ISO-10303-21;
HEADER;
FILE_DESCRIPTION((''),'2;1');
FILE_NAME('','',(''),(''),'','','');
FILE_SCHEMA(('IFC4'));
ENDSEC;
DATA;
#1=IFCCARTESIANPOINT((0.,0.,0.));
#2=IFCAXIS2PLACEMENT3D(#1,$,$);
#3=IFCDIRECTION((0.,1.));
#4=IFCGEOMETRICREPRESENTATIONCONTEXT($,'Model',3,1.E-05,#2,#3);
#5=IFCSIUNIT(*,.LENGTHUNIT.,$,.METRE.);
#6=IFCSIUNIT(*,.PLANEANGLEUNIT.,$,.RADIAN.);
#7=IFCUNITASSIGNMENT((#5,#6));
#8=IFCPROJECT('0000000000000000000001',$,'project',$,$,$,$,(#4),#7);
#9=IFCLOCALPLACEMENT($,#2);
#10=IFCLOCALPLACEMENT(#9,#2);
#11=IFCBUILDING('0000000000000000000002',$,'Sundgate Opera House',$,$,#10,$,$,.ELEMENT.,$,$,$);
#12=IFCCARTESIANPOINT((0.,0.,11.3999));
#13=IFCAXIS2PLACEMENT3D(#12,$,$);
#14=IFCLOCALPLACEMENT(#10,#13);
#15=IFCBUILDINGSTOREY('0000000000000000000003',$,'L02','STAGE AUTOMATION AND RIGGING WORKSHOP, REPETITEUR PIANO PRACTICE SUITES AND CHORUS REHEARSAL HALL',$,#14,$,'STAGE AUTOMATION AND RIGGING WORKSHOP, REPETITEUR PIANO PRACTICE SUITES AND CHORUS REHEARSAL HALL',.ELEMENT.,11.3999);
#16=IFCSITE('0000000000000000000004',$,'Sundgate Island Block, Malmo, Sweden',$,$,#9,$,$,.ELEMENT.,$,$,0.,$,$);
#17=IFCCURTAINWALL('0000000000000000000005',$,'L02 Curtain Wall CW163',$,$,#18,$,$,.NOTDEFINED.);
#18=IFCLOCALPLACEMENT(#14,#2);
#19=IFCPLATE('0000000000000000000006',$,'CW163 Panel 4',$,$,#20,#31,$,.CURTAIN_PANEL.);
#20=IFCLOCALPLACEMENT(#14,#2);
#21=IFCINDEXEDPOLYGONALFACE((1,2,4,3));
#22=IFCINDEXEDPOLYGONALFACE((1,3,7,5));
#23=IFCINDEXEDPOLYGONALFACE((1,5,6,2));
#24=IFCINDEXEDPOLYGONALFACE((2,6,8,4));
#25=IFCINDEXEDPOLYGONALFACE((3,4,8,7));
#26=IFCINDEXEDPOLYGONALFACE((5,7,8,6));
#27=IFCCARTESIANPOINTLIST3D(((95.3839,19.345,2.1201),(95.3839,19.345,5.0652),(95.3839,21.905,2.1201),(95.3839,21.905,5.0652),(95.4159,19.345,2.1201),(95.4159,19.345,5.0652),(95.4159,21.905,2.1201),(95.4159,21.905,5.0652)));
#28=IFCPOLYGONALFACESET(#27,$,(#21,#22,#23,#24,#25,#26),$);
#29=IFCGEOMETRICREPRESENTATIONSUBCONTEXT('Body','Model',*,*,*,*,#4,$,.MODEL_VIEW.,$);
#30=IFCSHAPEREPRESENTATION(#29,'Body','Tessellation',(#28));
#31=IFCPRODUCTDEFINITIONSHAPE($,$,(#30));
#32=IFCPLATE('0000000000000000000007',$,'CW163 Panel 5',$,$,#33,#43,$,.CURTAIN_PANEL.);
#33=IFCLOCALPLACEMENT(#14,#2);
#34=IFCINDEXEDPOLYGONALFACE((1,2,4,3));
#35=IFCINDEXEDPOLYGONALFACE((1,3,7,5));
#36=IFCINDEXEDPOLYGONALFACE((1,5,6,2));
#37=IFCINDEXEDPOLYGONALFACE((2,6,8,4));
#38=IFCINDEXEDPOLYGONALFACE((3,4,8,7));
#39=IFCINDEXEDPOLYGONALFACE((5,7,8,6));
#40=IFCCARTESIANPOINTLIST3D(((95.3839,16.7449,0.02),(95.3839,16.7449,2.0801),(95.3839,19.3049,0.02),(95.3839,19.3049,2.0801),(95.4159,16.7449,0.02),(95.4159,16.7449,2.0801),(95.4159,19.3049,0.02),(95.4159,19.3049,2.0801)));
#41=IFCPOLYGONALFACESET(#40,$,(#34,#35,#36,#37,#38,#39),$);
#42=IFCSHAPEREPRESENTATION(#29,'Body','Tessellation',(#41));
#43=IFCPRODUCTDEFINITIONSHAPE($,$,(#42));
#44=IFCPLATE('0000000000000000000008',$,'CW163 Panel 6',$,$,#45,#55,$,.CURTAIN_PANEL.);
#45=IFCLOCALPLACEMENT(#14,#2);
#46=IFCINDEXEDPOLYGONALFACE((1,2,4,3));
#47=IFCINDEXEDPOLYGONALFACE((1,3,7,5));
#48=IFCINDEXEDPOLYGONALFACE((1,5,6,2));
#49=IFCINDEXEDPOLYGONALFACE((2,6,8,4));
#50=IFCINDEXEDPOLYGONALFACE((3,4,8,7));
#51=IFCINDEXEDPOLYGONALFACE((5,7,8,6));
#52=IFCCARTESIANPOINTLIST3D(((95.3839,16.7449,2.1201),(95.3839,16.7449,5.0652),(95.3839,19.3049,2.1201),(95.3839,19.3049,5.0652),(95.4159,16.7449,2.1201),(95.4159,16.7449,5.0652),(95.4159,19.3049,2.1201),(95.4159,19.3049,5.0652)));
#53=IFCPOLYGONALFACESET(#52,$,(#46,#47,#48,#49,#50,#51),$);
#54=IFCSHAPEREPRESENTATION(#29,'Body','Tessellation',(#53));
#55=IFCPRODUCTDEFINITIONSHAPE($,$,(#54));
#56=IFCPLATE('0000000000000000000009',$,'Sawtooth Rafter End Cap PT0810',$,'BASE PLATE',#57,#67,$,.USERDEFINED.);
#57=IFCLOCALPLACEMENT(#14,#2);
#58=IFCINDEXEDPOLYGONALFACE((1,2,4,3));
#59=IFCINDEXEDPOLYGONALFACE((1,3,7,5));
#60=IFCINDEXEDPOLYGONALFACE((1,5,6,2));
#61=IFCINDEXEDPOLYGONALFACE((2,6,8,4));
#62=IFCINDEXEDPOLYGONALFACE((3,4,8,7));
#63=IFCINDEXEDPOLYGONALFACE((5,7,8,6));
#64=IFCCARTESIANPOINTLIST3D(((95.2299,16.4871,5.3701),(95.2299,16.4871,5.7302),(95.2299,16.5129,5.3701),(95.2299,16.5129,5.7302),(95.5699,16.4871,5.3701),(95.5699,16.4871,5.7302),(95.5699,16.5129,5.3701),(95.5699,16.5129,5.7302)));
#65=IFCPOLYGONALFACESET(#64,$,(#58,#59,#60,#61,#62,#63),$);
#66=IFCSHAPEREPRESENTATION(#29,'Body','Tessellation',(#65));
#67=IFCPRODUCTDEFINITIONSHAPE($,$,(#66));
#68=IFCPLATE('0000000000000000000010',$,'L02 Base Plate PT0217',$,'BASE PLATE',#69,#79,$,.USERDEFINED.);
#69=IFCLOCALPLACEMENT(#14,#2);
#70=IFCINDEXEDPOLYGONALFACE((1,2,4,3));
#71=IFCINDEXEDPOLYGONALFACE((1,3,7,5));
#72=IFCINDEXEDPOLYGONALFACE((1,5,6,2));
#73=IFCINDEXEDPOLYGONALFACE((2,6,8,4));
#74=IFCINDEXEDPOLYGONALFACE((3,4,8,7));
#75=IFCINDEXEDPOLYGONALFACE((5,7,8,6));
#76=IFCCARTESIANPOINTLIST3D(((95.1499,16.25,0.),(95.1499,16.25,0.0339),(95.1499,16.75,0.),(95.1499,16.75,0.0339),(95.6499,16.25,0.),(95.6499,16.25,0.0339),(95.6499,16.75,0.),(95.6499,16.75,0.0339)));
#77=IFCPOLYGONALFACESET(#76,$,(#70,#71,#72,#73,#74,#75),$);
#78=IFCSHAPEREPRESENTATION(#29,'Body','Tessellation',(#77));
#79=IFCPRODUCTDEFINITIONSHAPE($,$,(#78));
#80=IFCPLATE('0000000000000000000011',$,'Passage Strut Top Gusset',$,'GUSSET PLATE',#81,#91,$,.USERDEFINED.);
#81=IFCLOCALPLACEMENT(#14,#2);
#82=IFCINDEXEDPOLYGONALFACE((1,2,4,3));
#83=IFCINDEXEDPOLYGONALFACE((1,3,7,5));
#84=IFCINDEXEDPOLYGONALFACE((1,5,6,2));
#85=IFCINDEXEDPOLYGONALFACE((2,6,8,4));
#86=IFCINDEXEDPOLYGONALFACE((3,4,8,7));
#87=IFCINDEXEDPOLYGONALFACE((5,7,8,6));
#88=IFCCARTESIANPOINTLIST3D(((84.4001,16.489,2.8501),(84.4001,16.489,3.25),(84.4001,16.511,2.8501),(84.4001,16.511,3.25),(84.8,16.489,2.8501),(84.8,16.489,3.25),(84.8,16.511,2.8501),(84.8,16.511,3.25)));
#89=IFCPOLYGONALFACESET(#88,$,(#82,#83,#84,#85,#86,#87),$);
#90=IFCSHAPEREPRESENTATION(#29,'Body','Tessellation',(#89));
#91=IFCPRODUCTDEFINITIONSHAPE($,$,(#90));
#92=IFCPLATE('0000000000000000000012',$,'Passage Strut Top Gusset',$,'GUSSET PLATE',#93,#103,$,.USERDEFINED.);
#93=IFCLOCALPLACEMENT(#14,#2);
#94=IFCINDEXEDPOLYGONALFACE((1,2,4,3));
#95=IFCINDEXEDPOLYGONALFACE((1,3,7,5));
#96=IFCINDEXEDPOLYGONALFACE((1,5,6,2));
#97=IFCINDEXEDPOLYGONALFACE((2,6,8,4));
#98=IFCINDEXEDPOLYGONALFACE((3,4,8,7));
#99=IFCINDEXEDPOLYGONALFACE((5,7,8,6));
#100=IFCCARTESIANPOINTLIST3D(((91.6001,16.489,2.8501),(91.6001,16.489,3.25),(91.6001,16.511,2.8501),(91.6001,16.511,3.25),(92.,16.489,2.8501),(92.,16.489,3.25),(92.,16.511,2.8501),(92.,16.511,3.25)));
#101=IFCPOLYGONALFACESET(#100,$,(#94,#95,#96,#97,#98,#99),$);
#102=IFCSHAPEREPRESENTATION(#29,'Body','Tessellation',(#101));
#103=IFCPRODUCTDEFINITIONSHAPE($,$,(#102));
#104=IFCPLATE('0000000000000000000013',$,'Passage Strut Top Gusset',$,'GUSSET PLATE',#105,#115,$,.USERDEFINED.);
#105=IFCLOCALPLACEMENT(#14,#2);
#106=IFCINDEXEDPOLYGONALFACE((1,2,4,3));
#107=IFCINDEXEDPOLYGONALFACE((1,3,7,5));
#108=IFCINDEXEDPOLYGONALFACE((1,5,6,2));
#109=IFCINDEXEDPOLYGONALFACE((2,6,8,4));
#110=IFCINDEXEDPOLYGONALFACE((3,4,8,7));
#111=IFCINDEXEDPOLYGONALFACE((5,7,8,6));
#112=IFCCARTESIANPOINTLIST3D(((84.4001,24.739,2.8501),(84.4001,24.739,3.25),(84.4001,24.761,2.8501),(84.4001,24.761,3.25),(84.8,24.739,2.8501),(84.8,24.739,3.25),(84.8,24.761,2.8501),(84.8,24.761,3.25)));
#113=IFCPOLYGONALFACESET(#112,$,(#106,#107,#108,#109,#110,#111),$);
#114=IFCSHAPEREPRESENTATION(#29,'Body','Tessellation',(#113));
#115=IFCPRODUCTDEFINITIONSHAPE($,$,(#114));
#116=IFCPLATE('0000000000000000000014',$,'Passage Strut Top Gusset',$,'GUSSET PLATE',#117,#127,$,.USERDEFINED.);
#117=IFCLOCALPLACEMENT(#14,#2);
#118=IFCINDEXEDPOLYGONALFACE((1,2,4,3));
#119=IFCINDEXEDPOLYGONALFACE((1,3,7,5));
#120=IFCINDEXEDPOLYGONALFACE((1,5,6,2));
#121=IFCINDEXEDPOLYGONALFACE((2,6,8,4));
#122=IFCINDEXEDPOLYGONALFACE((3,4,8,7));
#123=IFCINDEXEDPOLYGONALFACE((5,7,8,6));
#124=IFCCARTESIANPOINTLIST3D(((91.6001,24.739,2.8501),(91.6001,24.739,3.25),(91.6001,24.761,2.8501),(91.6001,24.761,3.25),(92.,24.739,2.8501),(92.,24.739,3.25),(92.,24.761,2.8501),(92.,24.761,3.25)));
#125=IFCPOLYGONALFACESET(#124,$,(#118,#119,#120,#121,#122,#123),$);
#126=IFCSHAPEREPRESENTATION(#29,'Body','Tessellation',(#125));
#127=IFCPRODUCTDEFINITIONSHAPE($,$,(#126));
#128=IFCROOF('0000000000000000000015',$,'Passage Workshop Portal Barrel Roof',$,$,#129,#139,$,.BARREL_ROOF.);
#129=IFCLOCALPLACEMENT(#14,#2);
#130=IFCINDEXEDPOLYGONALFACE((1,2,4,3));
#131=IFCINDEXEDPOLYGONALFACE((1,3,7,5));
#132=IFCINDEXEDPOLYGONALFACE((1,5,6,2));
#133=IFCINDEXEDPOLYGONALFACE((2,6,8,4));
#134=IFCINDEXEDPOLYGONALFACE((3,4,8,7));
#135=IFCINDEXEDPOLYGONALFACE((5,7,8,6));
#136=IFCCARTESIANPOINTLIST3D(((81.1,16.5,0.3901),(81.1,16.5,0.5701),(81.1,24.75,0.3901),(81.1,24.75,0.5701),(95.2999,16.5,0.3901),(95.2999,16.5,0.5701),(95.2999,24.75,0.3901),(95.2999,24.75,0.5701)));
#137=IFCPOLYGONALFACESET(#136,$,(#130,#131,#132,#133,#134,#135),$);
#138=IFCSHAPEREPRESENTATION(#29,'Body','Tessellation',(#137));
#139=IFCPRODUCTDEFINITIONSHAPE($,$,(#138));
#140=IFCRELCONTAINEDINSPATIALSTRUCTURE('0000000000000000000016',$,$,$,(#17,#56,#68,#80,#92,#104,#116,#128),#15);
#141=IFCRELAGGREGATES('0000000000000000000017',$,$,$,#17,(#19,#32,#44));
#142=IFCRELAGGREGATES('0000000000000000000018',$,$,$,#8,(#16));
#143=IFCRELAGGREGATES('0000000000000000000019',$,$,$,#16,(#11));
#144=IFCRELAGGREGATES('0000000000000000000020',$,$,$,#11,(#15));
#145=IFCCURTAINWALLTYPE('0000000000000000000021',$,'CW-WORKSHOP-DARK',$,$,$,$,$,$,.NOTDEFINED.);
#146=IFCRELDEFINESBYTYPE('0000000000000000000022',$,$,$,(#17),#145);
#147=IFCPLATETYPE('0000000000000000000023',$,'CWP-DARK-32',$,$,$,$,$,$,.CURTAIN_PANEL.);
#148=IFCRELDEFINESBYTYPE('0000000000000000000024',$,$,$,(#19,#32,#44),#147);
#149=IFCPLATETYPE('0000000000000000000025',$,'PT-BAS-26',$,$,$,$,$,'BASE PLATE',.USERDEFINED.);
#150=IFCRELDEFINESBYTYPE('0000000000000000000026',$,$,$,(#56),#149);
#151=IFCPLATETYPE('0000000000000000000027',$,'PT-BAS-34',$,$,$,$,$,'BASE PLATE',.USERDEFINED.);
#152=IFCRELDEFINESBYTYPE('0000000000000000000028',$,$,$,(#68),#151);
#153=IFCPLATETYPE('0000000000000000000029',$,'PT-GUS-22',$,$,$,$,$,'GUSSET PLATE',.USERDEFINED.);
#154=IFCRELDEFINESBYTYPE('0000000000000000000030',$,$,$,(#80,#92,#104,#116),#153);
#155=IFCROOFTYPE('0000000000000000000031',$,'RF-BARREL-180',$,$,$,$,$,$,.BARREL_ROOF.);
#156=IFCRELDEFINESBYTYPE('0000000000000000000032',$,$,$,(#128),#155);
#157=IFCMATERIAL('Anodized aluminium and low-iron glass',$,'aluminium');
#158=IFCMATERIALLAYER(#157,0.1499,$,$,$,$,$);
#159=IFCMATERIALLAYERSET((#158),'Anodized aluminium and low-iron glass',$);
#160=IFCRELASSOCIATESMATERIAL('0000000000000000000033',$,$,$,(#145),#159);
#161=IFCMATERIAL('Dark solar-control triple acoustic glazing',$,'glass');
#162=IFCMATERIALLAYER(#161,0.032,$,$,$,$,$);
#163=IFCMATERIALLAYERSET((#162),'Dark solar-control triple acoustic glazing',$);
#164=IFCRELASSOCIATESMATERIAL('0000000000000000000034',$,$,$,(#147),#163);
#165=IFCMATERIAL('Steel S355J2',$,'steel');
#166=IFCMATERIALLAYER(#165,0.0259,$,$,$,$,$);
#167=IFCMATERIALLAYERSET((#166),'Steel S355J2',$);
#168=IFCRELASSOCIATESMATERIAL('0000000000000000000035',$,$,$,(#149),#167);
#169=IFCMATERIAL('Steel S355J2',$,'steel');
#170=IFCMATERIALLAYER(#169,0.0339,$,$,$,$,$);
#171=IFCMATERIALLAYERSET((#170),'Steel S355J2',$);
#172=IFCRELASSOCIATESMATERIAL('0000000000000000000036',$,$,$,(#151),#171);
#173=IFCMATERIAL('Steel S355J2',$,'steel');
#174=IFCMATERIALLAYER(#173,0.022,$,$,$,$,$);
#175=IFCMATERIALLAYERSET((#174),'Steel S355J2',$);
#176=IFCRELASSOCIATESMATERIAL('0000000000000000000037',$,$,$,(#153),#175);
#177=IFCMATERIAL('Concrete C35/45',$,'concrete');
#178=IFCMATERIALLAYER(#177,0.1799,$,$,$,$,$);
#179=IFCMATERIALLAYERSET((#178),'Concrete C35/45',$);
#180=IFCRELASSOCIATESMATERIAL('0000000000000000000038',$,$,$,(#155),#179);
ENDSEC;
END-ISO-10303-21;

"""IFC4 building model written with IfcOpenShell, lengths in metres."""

from ifc_helpers import new_model, si_unit, direction, frame, origin, origin_2d, place, context, subcontext, project, spatial, rectangle, extrude, material, layer, layer_set, type_object, element, aggregate, save


model = new_model("IFC4")

# Units and contexts
model_context = context("Model", 3, precision=1e-05, world=origin(), true_north=direction((0.0, 1.0)))
body_context = subcontext(model_context, "Body", "Model", "MODEL_VIEW")
ifc_project = project(units=[si_unit("LENGTHUNIT", "METRE"), si_unit("PLANEANGLEUNIT", "RADIAN")], contexts=[model_context])

# Site, building, storey
site_placement = place(None, origin())
site = spatial("IfcSite", under=ifc_project, at=site_placement, Name="Sundgate Island Block, Malmo, Sweden", CompositionType="ELEMENT", RefElevation=0.0)
building_placement = place(site_placement, origin())
building = spatial("IfcBuilding", under=site, at=building_placement, Name="Sundgate Opera House", CompositionType="ELEMENT")
storey_placement = place(building_placement, frame((0.0, 0.0, 11.3999)))
storey = spatial("IfcBuildingStorey", under=building, at=storey_placement, Name="L02", Description="STAGE AUTOMATION AND RIGGING WORKSHOP, REPETITEUR PIANO PRACTICE SUITES AND CHORUS REHEARSAL HALL", LongName="STAGE AUTOMATION AND RIGGING WORKSHOP, REPETITEUR PIANO PRACTICE SUITES AND CHORUS REHEARSAL HALL", CompositionType="ELEMENT", Elevation=11.3999)

# Curtain wall
ifc_material_1 = material(Name="Anodized aluminium and low-iron glass", Category="aluminium")
ifc_layer_1 = layer(ifc_material_1, 0.1499)
ifc_layer_set_1 = layer_set([ifc_layer_1], Name="Anodized aluminium and low-iron glass")
curtain_wall_type = type_object("IfcCurtainWallType", Name="CW-WORKSHOP-DARK", PredefinedType="NOTDEFINED", material=ifc_layer_set_1)
curtain_wall_1_placement = place(storey_placement, origin())
curtain_wall_1 = element("IfcCurtainWall", 1, at=curtain_wall_1_placement, inside=storey, type_object=curtain_wall_type, Name="L02 Curtain Wall CW163", PredefinedType="NOTDEFINED")

# Plates
ifc_material_2 = material(Name="Dark solar-control triple acoustic glazing", Category="glass")
ifc_layer_2 = layer(ifc_material_2, 0.032)
ifc_layer_set_2 = layer_set([ifc_layer_2], Name="Dark solar-control triple acoustic glazing")
plate_type_1 = type_object("IfcPlateType", Name="CWP-DARK-32", PredefinedType="CURTAIN_PANEL", material=ifc_layer_set_2)
plate_1_placement = place(storey_placement, frame((95.3999, 20.625, 2.1201), z_axis=(0.0, 0.0, 1.0), x_axis=(0.0, -1.0, 0.0)))
plate_1 = element("IfcPlate", 2, at=plate_1_placement, type_object=plate_type_1, Name="CW163 Panel 4", PredefinedType="CURTAIN_PANEL", context=body_context, shape_type="SweptSolid", body=[
    extrude(rectangle(XDim=2.5601, YDim=0.032, at=origin_2d()), origin(), (0.0, 0.0, 1.0), 2.9451),
])
plate_2_placement = place(storey_placement, frame((95.3999, 18.0249, 0.02), z_axis=(0.0, 0.0, 1.0), x_axis=(0.0, -1.0, 0.0)))
plate_2 = element("IfcPlate", 3, at=plate_2_placement, type_object=plate_type_1, Name="CW163 Panel 5", PredefinedType="CURTAIN_PANEL", context=body_context, shape_type="SweptSolid", body=[
    extrude(rectangle(XDim=2.5601, YDim=0.032, at=origin_2d()), origin(), (0.0, 0.0, 1.0), 2.0601),
])
plate_3_placement = place(storey_placement, frame((95.3999, 18.0249, 2.1201), z_axis=(0.0, 0.0, 1.0), x_axis=(0.0, -1.0, 0.0)))
plate_3 = element("IfcPlate", 4, at=plate_3_placement, type_object=plate_type_1, Name="CW163 Panel 6", PredefinedType="CURTAIN_PANEL", context=body_context, shape_type="SweptSolid", body=[
    extrude(rectangle(XDim=2.5601, YDim=0.032, at=origin_2d()), origin(), (0.0, 0.0, 1.0), 2.9451),
])
aggregate(curtain_wall_1, [plate_1, plate_2, plate_3])

# Plates
ifc_material_3 = material(Name="Steel S355J2", Category="steel")
ifc_layer_3 = layer(ifc_material_3, 0.0259)
ifc_layer_set_3 = layer_set([ifc_layer_3], Name="Steel S355J2")
plate_type_2 = type_object("IfcPlateType", Name="PT-BAS-26", ElementType="BASE PLATE", PredefinedType="USERDEFINED", material=ifc_layer_set_3)
plate_4_placement = place(storey_placement, frame((95.3999, 16.5, 5.3701), z_axis=(0.0, 0.0, 1.0), x_axis=(1.0, 0.0, 0.0)))
element("IfcPlate", 5, at=plate_4_placement, inside=storey, type_object=plate_type_2, Name="Sawtooth Rafter End Cap PT0810", ObjectType="BASE PLATE", PredefinedType="USERDEFINED", context=body_context, shape_type="SweptSolid", body=[
    extrude(rectangle(XDim=0.3401, YDim=0.0259, at=origin_2d()), origin(), (0.0, 0.0, 1.0), 0.3601),
])
ifc_material_4 = material(Name="Steel S355J2", Category="steel")
ifc_layer_4 = layer(ifc_material_4, 0.0339)
ifc_layer_set_4 = layer_set([ifc_layer_4], Name="Steel S355J2")
plate_type_3 = type_object("IfcPlateType", Name="PT-BAS-34", ElementType="BASE PLATE", PredefinedType="USERDEFINED", material=ifc_layer_set_4)
plate_5_placement = place(storey_placement, frame((95.3999, 16.5, 0.0), z_axis=(0.0, 0.0, 1.0), x_axis=(1.0, 0.0, 0.0)))
element("IfcPlate", 6, at=plate_5_placement, inside=storey, type_object=plate_type_3, Name="L02 Base Plate PT0217", ObjectType="BASE PLATE", PredefinedType="USERDEFINED", context=body_context, shape_type="SweptSolid", body=[
    extrude(rectangle(XDim=0.5, YDim=0.5, at=origin_2d()), origin(), (0.0, 0.0, 1.0), 0.0339),
])
ifc_material_5 = material(Name="Steel S355J2", Category="steel")
ifc_layer_5 = layer(ifc_material_5, 0.022)
ifc_layer_set_5 = layer_set([ifc_layer_5], Name="Steel S355J2")
plate_type_4 = type_object("IfcPlateType", Name="PT-GUS-22", ElementType="GUSSET PLATE", PredefinedType="USERDEFINED", material=ifc_layer_set_5)
for number, where, z_axis, x_axis, name in (
    (7, (84.6001, 16.5, 2.8501), (0.0, 0.0, 1.0), (1.0, 0.0, 0.0), "Passage Strut Top Gusset"),
    (8, (91.8, 16.5, 2.8501), (0.0, 0.0, 1.0), (1.0, 0.0, 0.0), "Passage Strut Top Gusset"),
    (9, (84.6001, 24.75, 2.8501), (0.0, 0.0, 1.0), (1.0, 0.0, 0.0), "Passage Strut Top Gusset"),
    (10, (91.8, 24.75, 2.8501), (0.0, 0.0, 1.0), (1.0, 0.0, 0.0), "Passage Strut Top Gusset"),
):
    element("IfcPlate", number, at=place(storey_placement, frame(where, z_axis=z_axis, x_axis=x_axis)), inside=storey, type_object=plate_type_4, Name=name, ObjectType="GUSSET PLATE", PredefinedType="USERDEFINED", context=body_context, shape_type="SweptSolid", body=[
        extrude(rectangle(XDim=0.3999, YDim=0.022, at=origin_2d()), origin(), (0.0, 0.0, 1.0), 0.3999),
    ])

# Roof
ifc_material_6 = material(Name="Concrete C35/45", Category="concrete")
ifc_layer_6 = layer(ifc_material_6, 0.1799)
ifc_layer_set_6 = layer_set([ifc_layer_6], Name="Concrete C35/45")
roof_type = type_object("IfcRoofType", Name="RF-BARREL-180", PredefinedType="BARREL_ROOF", material=ifc_layer_set_6)
roof_placement = place(storey_placement, frame((88.2, 20.625, 0.3901), z_axis=(0.0, 0.0, 1.0), x_axis=(1.0, 0.0, 0.0)))
element("IfcRoof", 11, at=roof_placement, inside=storey, type_object=roof_type, Name="Passage Workshop Portal Barrel Roof", PredefinedType="BARREL_ROOF", context=body_context, shape_type="SweptSolid", body=[
    extrude(rectangle(XDim=14.2, YDim=8.25, at=origin_2d()), origin(), (0.0, 0.0, 1.0), 0.1799),
])

save(model, "model.ifc")
